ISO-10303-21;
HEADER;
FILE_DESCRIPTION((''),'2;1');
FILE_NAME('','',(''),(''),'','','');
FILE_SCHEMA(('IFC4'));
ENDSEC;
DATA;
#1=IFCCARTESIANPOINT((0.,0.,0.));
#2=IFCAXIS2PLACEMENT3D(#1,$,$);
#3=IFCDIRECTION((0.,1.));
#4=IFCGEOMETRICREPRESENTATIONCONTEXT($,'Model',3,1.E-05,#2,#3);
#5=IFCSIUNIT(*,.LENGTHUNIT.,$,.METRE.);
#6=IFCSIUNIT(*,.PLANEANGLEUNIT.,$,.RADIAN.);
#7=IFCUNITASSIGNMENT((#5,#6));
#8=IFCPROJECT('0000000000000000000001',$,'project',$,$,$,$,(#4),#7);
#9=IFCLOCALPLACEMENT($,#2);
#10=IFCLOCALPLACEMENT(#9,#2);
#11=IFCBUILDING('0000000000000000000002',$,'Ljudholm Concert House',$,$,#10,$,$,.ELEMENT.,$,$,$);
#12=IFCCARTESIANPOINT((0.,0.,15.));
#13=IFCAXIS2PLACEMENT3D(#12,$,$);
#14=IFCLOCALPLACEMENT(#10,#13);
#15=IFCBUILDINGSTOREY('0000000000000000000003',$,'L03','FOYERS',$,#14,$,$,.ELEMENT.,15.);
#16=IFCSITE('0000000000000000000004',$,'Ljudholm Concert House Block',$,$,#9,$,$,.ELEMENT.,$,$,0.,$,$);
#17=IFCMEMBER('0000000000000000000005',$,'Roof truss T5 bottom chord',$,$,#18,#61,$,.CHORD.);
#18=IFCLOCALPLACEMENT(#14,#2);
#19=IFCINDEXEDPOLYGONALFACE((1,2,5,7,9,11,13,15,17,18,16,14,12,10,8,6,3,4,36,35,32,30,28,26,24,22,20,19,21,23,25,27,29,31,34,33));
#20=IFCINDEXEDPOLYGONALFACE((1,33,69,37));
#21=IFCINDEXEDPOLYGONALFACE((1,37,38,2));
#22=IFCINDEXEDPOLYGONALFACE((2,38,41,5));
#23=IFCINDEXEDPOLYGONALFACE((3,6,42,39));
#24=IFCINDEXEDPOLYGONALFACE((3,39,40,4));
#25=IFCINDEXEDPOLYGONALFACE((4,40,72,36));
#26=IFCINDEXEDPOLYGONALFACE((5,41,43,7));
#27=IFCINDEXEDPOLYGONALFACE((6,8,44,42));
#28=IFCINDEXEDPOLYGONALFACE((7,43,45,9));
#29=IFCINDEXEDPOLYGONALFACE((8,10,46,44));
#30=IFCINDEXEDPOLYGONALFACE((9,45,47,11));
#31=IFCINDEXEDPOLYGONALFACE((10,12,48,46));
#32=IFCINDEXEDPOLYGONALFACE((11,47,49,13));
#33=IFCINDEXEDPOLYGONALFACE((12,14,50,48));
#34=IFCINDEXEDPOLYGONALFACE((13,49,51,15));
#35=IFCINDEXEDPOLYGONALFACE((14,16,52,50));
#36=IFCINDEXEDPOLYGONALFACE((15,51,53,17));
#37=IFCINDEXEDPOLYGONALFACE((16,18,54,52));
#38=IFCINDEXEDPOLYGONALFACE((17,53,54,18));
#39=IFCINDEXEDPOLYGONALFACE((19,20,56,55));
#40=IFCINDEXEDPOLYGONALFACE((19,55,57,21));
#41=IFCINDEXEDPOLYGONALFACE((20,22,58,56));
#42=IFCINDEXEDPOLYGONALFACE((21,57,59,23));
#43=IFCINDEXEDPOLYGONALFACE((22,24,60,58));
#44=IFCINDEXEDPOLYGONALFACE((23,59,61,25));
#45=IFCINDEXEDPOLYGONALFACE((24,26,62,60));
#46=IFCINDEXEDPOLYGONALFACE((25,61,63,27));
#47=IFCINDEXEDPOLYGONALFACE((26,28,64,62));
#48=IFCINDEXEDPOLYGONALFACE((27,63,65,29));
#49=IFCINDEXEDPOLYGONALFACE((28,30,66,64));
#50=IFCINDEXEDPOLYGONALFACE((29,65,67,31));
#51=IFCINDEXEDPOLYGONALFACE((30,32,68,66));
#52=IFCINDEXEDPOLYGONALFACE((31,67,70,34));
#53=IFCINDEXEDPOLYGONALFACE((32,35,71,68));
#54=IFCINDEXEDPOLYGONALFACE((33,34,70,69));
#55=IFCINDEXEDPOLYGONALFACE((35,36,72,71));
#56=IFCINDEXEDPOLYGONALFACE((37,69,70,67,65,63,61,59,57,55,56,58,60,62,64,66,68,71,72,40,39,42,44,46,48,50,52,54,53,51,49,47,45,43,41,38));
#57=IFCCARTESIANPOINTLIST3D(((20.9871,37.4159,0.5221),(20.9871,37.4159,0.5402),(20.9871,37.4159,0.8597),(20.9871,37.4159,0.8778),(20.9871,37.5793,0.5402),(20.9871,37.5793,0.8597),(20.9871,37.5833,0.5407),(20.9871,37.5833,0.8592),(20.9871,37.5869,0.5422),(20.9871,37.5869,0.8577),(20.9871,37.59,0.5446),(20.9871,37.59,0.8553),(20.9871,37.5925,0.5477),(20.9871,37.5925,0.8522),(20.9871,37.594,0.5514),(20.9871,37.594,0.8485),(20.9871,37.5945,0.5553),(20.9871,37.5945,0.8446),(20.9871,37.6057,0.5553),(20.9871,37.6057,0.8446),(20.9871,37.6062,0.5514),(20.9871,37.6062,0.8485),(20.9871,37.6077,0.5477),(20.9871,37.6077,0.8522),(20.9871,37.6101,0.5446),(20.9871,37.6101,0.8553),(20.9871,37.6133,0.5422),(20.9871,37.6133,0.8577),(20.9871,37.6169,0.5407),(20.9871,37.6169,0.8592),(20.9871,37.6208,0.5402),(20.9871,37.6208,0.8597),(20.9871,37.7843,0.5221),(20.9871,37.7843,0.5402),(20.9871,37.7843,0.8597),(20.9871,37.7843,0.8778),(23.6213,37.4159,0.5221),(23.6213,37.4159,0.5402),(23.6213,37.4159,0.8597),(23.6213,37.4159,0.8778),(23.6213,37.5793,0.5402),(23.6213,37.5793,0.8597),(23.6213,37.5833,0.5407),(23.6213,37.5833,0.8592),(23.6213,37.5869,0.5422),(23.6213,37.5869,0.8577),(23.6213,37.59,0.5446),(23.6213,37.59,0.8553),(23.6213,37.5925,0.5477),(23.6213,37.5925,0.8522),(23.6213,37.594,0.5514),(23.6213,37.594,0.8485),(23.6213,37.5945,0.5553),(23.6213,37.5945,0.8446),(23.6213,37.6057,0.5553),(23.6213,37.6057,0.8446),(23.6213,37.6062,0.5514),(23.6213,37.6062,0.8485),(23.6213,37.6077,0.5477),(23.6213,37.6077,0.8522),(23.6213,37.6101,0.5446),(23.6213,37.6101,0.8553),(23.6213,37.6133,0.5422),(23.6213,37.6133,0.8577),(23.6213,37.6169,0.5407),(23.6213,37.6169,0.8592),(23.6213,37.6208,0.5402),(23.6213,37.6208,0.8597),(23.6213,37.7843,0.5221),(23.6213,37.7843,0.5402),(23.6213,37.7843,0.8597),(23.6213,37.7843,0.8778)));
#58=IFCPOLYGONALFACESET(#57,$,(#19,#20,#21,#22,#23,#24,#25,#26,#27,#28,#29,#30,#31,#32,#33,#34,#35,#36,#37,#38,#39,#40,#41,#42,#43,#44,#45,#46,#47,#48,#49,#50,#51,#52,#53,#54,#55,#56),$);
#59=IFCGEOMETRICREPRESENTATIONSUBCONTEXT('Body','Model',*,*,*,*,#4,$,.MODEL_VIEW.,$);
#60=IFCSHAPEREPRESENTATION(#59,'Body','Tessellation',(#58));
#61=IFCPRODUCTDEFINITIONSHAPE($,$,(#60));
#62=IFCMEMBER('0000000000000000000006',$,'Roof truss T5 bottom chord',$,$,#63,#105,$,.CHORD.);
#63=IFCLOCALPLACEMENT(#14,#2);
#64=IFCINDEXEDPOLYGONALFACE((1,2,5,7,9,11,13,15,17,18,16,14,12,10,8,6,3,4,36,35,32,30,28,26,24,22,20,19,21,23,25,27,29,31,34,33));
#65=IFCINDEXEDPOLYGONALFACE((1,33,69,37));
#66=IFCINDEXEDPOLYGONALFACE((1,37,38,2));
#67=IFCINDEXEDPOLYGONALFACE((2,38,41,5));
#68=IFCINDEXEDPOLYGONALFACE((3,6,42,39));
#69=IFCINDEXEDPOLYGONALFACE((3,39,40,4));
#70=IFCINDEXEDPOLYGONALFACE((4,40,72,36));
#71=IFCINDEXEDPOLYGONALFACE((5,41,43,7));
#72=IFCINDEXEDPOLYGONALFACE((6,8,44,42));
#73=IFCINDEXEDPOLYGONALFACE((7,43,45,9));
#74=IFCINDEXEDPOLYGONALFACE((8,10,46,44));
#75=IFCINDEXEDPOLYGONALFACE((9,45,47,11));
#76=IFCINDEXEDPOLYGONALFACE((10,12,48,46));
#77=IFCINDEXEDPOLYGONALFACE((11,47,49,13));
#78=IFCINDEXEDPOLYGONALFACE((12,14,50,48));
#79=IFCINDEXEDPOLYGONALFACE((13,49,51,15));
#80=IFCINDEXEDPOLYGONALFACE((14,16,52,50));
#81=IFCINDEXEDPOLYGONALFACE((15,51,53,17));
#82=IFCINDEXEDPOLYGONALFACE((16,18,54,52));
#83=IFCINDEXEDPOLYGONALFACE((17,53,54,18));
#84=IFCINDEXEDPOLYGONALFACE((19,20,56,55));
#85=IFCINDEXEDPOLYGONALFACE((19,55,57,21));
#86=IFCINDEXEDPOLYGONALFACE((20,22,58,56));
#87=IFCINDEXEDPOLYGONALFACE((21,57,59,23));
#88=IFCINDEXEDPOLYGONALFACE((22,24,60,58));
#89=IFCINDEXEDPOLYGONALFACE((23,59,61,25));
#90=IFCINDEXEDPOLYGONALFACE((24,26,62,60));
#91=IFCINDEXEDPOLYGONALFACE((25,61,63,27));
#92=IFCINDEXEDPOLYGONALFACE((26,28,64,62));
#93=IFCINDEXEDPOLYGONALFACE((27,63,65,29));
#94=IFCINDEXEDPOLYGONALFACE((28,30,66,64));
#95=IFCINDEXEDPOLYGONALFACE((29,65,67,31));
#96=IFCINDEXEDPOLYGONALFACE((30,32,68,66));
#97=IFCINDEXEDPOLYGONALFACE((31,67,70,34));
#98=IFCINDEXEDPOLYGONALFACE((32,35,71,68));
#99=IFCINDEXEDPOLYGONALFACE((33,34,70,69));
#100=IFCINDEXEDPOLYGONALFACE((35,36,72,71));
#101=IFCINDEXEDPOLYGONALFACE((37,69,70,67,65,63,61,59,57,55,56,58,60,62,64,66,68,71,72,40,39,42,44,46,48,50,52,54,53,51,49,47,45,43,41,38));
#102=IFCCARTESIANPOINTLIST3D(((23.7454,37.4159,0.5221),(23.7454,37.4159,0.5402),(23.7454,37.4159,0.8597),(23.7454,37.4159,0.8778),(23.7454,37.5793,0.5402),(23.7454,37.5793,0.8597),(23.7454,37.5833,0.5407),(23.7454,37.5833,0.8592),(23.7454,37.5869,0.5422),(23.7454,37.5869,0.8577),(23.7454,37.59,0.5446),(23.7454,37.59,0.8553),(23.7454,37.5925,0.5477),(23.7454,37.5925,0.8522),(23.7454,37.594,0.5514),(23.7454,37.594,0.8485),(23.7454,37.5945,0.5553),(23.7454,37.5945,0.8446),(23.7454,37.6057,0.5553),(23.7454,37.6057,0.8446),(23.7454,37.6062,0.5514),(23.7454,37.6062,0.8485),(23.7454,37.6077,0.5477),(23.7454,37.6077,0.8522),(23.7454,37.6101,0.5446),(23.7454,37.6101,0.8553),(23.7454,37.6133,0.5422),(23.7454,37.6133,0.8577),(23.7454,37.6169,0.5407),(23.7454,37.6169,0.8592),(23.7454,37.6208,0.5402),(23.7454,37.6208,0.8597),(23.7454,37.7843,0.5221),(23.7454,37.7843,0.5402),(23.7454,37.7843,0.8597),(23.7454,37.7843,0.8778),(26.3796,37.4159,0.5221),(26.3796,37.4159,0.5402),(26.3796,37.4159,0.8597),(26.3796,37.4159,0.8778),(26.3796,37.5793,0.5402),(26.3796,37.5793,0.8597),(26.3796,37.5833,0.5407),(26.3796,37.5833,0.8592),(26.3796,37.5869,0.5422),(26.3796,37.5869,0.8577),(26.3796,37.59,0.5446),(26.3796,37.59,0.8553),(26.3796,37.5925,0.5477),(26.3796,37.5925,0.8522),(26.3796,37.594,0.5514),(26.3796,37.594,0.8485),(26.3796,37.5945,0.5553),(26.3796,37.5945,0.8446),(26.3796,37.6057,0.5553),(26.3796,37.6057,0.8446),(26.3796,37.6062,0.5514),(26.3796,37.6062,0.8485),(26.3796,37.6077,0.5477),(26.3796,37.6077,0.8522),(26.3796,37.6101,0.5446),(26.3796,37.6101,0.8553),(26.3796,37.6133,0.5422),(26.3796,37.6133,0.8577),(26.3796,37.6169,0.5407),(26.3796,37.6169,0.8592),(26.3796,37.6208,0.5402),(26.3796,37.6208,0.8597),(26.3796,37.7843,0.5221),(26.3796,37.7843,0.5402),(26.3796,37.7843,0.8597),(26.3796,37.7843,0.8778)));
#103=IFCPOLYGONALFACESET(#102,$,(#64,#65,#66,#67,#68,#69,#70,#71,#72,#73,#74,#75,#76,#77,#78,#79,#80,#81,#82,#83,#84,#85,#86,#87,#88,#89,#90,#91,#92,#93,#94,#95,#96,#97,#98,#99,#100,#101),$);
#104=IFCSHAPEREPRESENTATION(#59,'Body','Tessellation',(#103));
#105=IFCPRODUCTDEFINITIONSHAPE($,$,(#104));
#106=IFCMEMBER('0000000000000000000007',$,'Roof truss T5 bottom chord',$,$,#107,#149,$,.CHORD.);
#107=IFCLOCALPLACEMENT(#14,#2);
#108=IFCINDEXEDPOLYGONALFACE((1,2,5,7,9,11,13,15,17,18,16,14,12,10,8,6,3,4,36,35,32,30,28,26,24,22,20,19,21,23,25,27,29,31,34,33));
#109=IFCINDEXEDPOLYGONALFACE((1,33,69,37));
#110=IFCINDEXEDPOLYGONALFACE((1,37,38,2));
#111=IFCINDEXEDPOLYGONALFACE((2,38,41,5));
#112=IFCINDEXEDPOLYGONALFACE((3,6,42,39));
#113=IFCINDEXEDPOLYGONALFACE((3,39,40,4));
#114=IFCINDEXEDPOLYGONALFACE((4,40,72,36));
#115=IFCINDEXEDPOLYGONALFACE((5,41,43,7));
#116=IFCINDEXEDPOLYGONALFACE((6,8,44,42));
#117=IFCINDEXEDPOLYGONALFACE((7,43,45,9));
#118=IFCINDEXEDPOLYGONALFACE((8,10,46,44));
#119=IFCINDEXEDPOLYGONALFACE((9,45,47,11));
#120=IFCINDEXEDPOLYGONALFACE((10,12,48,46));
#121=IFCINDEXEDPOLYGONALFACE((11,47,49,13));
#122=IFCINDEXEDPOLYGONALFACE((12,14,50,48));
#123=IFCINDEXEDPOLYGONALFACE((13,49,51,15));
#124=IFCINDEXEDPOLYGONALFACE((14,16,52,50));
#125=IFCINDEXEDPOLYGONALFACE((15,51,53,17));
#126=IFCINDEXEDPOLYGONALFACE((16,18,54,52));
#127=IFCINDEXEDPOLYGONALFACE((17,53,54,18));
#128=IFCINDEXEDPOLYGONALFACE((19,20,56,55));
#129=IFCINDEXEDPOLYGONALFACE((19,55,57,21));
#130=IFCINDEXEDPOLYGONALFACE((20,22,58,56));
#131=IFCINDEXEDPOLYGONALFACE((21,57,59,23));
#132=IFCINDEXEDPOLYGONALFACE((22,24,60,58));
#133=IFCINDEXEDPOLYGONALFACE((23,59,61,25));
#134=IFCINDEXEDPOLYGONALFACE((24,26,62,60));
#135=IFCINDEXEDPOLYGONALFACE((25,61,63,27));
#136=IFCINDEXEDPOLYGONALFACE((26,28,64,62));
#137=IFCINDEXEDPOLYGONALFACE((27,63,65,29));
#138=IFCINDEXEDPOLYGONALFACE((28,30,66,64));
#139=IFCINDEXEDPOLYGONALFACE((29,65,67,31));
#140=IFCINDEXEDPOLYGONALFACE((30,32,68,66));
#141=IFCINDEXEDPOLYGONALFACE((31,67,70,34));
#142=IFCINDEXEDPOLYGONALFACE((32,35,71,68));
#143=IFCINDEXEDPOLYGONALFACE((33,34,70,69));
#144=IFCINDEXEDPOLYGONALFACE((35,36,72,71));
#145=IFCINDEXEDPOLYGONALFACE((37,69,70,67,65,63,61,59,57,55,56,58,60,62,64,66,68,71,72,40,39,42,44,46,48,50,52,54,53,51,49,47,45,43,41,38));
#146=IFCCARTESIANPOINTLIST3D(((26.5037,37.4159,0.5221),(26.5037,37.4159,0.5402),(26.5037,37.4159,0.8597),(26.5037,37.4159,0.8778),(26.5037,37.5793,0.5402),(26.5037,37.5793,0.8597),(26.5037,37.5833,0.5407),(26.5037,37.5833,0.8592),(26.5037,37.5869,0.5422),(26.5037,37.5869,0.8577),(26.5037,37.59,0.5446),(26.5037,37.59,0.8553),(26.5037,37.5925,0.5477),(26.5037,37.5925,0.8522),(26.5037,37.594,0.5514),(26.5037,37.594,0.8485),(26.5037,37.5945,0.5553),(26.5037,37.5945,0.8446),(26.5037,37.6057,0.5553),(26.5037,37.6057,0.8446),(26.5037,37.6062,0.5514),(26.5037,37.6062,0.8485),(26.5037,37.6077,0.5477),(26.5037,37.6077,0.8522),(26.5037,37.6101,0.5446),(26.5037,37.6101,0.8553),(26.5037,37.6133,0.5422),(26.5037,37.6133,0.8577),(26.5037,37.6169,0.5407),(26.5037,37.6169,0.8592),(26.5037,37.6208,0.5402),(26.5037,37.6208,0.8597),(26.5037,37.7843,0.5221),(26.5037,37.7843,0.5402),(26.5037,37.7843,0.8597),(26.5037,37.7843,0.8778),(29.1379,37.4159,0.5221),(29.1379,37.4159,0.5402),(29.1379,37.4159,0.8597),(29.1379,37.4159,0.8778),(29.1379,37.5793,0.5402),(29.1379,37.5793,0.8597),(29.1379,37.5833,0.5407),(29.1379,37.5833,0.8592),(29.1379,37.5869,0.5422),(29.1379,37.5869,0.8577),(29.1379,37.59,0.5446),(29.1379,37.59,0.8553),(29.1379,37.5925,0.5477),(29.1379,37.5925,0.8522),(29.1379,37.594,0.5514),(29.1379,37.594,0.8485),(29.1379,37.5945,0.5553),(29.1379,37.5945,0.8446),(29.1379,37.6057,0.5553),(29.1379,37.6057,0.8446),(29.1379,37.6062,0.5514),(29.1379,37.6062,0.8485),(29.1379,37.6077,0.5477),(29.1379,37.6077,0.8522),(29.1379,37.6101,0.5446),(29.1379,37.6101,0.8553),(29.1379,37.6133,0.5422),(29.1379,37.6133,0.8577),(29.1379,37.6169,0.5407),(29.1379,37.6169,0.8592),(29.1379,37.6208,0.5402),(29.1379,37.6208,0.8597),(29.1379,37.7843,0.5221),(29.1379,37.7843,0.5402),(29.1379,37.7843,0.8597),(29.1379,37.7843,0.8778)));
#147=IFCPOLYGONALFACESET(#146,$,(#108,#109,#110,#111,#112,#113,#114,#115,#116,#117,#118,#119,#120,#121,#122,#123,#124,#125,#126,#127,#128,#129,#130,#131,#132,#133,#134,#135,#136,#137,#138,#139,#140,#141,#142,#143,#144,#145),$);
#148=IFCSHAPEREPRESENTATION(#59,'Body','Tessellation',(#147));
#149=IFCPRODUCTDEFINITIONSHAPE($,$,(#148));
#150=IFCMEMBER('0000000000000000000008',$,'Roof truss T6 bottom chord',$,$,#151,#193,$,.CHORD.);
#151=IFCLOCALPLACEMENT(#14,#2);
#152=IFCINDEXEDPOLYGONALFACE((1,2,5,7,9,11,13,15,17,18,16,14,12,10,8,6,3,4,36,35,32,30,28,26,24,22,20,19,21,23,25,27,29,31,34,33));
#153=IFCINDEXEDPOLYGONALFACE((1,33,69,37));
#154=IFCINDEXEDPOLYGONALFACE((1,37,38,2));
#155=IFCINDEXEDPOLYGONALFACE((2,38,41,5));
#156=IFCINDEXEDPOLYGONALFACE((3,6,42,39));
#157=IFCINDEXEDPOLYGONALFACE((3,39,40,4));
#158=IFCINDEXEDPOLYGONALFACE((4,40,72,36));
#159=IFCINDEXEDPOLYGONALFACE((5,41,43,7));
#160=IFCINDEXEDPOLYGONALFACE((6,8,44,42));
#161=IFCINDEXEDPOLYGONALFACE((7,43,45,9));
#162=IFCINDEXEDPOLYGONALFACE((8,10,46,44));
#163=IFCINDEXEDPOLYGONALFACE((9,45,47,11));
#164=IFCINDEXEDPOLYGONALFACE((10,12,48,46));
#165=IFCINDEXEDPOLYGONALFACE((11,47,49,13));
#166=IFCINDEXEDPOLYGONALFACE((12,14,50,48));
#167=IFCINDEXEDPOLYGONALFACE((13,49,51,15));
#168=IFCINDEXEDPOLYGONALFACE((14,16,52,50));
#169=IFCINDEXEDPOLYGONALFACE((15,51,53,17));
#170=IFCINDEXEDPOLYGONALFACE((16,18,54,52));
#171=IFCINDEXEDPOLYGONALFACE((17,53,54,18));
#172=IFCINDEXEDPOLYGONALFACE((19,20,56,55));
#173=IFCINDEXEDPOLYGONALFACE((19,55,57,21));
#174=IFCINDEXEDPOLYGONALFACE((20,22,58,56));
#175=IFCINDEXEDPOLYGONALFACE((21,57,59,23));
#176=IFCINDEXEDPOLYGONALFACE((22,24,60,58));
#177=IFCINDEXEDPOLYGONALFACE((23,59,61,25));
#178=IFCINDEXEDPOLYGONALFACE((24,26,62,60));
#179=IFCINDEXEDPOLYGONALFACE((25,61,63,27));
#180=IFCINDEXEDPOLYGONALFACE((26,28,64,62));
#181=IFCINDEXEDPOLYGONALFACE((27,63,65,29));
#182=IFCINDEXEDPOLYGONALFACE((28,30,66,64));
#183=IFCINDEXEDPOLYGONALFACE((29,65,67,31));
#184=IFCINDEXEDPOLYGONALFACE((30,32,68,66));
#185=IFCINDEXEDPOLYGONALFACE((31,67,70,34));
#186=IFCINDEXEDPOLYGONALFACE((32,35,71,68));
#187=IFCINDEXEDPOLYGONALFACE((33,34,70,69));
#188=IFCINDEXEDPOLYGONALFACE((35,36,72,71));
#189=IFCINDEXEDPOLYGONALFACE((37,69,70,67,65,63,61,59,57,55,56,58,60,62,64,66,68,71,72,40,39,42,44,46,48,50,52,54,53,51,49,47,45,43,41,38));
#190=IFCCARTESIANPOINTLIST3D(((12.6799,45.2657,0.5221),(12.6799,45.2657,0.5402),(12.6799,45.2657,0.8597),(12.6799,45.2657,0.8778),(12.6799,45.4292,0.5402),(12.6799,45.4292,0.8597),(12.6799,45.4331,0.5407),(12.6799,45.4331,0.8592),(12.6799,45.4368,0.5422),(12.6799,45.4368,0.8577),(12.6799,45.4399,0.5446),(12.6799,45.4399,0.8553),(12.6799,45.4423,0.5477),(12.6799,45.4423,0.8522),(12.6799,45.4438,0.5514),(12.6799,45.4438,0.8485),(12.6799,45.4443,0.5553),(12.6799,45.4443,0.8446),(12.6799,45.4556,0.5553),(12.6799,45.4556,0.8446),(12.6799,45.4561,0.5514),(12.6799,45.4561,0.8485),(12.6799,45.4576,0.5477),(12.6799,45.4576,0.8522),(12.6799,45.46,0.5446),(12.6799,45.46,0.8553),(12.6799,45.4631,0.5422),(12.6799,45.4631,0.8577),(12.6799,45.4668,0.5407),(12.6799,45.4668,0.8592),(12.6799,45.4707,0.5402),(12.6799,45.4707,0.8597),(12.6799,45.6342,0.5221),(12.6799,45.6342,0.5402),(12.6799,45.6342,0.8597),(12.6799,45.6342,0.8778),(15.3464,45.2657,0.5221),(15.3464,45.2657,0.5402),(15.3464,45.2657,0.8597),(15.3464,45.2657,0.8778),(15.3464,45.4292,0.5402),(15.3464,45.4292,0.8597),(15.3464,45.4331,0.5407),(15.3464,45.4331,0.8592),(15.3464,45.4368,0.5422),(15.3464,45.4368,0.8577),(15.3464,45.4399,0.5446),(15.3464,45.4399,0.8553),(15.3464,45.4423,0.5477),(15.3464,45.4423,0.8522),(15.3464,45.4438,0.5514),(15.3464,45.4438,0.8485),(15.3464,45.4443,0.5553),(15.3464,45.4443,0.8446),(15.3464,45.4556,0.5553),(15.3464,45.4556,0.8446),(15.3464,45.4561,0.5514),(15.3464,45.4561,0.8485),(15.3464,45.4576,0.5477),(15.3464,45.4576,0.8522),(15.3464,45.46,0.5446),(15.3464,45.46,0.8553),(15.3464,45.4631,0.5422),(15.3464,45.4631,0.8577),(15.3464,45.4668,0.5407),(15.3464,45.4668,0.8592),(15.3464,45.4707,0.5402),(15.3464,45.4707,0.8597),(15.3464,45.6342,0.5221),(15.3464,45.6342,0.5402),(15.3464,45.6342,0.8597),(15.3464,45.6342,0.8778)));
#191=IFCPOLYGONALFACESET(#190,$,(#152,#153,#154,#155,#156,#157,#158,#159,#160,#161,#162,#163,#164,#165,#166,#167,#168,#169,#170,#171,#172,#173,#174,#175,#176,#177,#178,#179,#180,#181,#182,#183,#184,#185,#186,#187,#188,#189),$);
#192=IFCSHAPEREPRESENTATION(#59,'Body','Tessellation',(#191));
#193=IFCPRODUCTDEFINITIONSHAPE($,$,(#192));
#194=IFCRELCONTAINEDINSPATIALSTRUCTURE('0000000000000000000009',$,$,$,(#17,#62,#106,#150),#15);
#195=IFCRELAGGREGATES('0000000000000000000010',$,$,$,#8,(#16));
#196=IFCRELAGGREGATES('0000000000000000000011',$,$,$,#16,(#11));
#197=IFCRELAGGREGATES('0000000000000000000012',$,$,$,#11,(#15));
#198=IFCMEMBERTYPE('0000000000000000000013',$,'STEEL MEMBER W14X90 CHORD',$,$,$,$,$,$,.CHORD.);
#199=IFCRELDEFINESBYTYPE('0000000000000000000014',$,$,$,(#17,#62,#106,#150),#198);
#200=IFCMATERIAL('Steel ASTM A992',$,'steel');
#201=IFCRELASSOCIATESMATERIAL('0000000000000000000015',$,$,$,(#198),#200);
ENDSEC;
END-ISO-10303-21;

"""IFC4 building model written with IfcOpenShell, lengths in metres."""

from ifc_helpers import new_model, si_unit, direction, frame, origin, origin_2d, place, context, subcontext, project, spatial, i_section, extrude, material, material_profile, profile_set, type_object, element, save


model = new_model("IFC4")

# Units and contexts
model_context = context("Model", 3, precision=1e-05, world=origin(), true_north=direction((0.0, 1.0)))
body_context = subcontext(model_context, "Body", "Model", "MODEL_VIEW")
ifc_project = project(units=[si_unit("LENGTHUNIT", "METRE"), si_unit("PLANEANGLEUNIT", "RADIAN")], contexts=[model_context])

# Site, building, storey
site_placement = place(None, origin())
site = spatial("IfcSite", under=ifc_project, at=site_placement, Name="Ljudholm Concert House Block", CompositionType="ELEMENT", RefElevation=0.0)
building_placement = place(site_placement, origin())
building = spatial("IfcBuilding", under=site, at=building_placement, Name="Ljudholm Concert House", CompositionType="ELEMENT")
storey_placement = place(building_placement, frame((0.0, 0.0, 15.0)))
storey = spatial("IfcBuildingStorey", under=building, at=storey_placement, Name="L03", Description="FOYERS", CompositionType="ELEMENT", Elevation=15.0)

# Members
ifc_material_1 = material(Name="Steel ASTM A992", Category="steel")
ifc_material_profile_1 = material_profile(ifc_material_1, i_section(OverallWidth=0.3684, OverallDepth=0.3557, WebThickness=0.0112, FlangeThickness=0.0181, FilletRadius=0.0151, at=origin_2d()), Name="W14X90")
ifc_profile_set_1 = profile_set([ifc_material_profile_1], Name="Steel ASTM A992")
member_type = type_object("IfcMemberType", Name="STEEL MEMBER W14X90 CHORD", PredefinedType="CHORD", material=ifc_profile_set_1)
for number, where, z_axis, x_axis, name in (
    (1, (20.9871, 37.6001, 0.7), (1.0, 0.0, 0.0), (0.0, 1.0, 0.0), "Roof truss T5 bottom chord"),
    (2, (23.7454, 37.6001, 0.7), (1.0, 0.0, 0.0), (0.0, 1.0, 0.0), "Roof truss T5 bottom chord"),
    (3, (26.5037, 37.6001, 0.7), (1.0, 0.0, 0.0), (0.0, 1.0, 0.0), "Roof truss T5 bottom chord"),
):
    element("IfcMember", number, at=place(storey_placement, frame(where, z_axis=z_axis, x_axis=x_axis)), inside=storey, type_object=member_type, Name=name, PredefinedType="CHORD", context=body_context, shape_type="SweptSolid", body=[
        extrude(i_section(OverallWidth=0.3684, OverallDepth=0.3557, WebThickness=0.0112, FlangeThickness=0.0181, FilletRadius=0.0151, at=origin_2d()), origin(), (0.0, 0.0, 1.0), 2.6343),
    ])
member_1_placement = place(storey_placement, frame((12.6799, 45.45, 0.7), z_axis=(1.0, 0.0, 0.0), x_axis=(0.0, 1.0, 0.0)))
element("IfcMember", 4, at=member_1_placement, inside=storey, type_object=member_type, Name="Roof truss T6 bottom chord", PredefinedType="CHORD", context=body_context, shape_type="SweptSolid", body=[
    extrude(i_section(OverallWidth=0.3684, OverallDepth=0.3557, WebThickness=0.0112, FlangeThickness=0.0181, FilletRadius=0.0151, at=origin_2d()), origin(), (0.0, 0.0, 1.0), 2.6665),
])

save(model, "model.ifc")
